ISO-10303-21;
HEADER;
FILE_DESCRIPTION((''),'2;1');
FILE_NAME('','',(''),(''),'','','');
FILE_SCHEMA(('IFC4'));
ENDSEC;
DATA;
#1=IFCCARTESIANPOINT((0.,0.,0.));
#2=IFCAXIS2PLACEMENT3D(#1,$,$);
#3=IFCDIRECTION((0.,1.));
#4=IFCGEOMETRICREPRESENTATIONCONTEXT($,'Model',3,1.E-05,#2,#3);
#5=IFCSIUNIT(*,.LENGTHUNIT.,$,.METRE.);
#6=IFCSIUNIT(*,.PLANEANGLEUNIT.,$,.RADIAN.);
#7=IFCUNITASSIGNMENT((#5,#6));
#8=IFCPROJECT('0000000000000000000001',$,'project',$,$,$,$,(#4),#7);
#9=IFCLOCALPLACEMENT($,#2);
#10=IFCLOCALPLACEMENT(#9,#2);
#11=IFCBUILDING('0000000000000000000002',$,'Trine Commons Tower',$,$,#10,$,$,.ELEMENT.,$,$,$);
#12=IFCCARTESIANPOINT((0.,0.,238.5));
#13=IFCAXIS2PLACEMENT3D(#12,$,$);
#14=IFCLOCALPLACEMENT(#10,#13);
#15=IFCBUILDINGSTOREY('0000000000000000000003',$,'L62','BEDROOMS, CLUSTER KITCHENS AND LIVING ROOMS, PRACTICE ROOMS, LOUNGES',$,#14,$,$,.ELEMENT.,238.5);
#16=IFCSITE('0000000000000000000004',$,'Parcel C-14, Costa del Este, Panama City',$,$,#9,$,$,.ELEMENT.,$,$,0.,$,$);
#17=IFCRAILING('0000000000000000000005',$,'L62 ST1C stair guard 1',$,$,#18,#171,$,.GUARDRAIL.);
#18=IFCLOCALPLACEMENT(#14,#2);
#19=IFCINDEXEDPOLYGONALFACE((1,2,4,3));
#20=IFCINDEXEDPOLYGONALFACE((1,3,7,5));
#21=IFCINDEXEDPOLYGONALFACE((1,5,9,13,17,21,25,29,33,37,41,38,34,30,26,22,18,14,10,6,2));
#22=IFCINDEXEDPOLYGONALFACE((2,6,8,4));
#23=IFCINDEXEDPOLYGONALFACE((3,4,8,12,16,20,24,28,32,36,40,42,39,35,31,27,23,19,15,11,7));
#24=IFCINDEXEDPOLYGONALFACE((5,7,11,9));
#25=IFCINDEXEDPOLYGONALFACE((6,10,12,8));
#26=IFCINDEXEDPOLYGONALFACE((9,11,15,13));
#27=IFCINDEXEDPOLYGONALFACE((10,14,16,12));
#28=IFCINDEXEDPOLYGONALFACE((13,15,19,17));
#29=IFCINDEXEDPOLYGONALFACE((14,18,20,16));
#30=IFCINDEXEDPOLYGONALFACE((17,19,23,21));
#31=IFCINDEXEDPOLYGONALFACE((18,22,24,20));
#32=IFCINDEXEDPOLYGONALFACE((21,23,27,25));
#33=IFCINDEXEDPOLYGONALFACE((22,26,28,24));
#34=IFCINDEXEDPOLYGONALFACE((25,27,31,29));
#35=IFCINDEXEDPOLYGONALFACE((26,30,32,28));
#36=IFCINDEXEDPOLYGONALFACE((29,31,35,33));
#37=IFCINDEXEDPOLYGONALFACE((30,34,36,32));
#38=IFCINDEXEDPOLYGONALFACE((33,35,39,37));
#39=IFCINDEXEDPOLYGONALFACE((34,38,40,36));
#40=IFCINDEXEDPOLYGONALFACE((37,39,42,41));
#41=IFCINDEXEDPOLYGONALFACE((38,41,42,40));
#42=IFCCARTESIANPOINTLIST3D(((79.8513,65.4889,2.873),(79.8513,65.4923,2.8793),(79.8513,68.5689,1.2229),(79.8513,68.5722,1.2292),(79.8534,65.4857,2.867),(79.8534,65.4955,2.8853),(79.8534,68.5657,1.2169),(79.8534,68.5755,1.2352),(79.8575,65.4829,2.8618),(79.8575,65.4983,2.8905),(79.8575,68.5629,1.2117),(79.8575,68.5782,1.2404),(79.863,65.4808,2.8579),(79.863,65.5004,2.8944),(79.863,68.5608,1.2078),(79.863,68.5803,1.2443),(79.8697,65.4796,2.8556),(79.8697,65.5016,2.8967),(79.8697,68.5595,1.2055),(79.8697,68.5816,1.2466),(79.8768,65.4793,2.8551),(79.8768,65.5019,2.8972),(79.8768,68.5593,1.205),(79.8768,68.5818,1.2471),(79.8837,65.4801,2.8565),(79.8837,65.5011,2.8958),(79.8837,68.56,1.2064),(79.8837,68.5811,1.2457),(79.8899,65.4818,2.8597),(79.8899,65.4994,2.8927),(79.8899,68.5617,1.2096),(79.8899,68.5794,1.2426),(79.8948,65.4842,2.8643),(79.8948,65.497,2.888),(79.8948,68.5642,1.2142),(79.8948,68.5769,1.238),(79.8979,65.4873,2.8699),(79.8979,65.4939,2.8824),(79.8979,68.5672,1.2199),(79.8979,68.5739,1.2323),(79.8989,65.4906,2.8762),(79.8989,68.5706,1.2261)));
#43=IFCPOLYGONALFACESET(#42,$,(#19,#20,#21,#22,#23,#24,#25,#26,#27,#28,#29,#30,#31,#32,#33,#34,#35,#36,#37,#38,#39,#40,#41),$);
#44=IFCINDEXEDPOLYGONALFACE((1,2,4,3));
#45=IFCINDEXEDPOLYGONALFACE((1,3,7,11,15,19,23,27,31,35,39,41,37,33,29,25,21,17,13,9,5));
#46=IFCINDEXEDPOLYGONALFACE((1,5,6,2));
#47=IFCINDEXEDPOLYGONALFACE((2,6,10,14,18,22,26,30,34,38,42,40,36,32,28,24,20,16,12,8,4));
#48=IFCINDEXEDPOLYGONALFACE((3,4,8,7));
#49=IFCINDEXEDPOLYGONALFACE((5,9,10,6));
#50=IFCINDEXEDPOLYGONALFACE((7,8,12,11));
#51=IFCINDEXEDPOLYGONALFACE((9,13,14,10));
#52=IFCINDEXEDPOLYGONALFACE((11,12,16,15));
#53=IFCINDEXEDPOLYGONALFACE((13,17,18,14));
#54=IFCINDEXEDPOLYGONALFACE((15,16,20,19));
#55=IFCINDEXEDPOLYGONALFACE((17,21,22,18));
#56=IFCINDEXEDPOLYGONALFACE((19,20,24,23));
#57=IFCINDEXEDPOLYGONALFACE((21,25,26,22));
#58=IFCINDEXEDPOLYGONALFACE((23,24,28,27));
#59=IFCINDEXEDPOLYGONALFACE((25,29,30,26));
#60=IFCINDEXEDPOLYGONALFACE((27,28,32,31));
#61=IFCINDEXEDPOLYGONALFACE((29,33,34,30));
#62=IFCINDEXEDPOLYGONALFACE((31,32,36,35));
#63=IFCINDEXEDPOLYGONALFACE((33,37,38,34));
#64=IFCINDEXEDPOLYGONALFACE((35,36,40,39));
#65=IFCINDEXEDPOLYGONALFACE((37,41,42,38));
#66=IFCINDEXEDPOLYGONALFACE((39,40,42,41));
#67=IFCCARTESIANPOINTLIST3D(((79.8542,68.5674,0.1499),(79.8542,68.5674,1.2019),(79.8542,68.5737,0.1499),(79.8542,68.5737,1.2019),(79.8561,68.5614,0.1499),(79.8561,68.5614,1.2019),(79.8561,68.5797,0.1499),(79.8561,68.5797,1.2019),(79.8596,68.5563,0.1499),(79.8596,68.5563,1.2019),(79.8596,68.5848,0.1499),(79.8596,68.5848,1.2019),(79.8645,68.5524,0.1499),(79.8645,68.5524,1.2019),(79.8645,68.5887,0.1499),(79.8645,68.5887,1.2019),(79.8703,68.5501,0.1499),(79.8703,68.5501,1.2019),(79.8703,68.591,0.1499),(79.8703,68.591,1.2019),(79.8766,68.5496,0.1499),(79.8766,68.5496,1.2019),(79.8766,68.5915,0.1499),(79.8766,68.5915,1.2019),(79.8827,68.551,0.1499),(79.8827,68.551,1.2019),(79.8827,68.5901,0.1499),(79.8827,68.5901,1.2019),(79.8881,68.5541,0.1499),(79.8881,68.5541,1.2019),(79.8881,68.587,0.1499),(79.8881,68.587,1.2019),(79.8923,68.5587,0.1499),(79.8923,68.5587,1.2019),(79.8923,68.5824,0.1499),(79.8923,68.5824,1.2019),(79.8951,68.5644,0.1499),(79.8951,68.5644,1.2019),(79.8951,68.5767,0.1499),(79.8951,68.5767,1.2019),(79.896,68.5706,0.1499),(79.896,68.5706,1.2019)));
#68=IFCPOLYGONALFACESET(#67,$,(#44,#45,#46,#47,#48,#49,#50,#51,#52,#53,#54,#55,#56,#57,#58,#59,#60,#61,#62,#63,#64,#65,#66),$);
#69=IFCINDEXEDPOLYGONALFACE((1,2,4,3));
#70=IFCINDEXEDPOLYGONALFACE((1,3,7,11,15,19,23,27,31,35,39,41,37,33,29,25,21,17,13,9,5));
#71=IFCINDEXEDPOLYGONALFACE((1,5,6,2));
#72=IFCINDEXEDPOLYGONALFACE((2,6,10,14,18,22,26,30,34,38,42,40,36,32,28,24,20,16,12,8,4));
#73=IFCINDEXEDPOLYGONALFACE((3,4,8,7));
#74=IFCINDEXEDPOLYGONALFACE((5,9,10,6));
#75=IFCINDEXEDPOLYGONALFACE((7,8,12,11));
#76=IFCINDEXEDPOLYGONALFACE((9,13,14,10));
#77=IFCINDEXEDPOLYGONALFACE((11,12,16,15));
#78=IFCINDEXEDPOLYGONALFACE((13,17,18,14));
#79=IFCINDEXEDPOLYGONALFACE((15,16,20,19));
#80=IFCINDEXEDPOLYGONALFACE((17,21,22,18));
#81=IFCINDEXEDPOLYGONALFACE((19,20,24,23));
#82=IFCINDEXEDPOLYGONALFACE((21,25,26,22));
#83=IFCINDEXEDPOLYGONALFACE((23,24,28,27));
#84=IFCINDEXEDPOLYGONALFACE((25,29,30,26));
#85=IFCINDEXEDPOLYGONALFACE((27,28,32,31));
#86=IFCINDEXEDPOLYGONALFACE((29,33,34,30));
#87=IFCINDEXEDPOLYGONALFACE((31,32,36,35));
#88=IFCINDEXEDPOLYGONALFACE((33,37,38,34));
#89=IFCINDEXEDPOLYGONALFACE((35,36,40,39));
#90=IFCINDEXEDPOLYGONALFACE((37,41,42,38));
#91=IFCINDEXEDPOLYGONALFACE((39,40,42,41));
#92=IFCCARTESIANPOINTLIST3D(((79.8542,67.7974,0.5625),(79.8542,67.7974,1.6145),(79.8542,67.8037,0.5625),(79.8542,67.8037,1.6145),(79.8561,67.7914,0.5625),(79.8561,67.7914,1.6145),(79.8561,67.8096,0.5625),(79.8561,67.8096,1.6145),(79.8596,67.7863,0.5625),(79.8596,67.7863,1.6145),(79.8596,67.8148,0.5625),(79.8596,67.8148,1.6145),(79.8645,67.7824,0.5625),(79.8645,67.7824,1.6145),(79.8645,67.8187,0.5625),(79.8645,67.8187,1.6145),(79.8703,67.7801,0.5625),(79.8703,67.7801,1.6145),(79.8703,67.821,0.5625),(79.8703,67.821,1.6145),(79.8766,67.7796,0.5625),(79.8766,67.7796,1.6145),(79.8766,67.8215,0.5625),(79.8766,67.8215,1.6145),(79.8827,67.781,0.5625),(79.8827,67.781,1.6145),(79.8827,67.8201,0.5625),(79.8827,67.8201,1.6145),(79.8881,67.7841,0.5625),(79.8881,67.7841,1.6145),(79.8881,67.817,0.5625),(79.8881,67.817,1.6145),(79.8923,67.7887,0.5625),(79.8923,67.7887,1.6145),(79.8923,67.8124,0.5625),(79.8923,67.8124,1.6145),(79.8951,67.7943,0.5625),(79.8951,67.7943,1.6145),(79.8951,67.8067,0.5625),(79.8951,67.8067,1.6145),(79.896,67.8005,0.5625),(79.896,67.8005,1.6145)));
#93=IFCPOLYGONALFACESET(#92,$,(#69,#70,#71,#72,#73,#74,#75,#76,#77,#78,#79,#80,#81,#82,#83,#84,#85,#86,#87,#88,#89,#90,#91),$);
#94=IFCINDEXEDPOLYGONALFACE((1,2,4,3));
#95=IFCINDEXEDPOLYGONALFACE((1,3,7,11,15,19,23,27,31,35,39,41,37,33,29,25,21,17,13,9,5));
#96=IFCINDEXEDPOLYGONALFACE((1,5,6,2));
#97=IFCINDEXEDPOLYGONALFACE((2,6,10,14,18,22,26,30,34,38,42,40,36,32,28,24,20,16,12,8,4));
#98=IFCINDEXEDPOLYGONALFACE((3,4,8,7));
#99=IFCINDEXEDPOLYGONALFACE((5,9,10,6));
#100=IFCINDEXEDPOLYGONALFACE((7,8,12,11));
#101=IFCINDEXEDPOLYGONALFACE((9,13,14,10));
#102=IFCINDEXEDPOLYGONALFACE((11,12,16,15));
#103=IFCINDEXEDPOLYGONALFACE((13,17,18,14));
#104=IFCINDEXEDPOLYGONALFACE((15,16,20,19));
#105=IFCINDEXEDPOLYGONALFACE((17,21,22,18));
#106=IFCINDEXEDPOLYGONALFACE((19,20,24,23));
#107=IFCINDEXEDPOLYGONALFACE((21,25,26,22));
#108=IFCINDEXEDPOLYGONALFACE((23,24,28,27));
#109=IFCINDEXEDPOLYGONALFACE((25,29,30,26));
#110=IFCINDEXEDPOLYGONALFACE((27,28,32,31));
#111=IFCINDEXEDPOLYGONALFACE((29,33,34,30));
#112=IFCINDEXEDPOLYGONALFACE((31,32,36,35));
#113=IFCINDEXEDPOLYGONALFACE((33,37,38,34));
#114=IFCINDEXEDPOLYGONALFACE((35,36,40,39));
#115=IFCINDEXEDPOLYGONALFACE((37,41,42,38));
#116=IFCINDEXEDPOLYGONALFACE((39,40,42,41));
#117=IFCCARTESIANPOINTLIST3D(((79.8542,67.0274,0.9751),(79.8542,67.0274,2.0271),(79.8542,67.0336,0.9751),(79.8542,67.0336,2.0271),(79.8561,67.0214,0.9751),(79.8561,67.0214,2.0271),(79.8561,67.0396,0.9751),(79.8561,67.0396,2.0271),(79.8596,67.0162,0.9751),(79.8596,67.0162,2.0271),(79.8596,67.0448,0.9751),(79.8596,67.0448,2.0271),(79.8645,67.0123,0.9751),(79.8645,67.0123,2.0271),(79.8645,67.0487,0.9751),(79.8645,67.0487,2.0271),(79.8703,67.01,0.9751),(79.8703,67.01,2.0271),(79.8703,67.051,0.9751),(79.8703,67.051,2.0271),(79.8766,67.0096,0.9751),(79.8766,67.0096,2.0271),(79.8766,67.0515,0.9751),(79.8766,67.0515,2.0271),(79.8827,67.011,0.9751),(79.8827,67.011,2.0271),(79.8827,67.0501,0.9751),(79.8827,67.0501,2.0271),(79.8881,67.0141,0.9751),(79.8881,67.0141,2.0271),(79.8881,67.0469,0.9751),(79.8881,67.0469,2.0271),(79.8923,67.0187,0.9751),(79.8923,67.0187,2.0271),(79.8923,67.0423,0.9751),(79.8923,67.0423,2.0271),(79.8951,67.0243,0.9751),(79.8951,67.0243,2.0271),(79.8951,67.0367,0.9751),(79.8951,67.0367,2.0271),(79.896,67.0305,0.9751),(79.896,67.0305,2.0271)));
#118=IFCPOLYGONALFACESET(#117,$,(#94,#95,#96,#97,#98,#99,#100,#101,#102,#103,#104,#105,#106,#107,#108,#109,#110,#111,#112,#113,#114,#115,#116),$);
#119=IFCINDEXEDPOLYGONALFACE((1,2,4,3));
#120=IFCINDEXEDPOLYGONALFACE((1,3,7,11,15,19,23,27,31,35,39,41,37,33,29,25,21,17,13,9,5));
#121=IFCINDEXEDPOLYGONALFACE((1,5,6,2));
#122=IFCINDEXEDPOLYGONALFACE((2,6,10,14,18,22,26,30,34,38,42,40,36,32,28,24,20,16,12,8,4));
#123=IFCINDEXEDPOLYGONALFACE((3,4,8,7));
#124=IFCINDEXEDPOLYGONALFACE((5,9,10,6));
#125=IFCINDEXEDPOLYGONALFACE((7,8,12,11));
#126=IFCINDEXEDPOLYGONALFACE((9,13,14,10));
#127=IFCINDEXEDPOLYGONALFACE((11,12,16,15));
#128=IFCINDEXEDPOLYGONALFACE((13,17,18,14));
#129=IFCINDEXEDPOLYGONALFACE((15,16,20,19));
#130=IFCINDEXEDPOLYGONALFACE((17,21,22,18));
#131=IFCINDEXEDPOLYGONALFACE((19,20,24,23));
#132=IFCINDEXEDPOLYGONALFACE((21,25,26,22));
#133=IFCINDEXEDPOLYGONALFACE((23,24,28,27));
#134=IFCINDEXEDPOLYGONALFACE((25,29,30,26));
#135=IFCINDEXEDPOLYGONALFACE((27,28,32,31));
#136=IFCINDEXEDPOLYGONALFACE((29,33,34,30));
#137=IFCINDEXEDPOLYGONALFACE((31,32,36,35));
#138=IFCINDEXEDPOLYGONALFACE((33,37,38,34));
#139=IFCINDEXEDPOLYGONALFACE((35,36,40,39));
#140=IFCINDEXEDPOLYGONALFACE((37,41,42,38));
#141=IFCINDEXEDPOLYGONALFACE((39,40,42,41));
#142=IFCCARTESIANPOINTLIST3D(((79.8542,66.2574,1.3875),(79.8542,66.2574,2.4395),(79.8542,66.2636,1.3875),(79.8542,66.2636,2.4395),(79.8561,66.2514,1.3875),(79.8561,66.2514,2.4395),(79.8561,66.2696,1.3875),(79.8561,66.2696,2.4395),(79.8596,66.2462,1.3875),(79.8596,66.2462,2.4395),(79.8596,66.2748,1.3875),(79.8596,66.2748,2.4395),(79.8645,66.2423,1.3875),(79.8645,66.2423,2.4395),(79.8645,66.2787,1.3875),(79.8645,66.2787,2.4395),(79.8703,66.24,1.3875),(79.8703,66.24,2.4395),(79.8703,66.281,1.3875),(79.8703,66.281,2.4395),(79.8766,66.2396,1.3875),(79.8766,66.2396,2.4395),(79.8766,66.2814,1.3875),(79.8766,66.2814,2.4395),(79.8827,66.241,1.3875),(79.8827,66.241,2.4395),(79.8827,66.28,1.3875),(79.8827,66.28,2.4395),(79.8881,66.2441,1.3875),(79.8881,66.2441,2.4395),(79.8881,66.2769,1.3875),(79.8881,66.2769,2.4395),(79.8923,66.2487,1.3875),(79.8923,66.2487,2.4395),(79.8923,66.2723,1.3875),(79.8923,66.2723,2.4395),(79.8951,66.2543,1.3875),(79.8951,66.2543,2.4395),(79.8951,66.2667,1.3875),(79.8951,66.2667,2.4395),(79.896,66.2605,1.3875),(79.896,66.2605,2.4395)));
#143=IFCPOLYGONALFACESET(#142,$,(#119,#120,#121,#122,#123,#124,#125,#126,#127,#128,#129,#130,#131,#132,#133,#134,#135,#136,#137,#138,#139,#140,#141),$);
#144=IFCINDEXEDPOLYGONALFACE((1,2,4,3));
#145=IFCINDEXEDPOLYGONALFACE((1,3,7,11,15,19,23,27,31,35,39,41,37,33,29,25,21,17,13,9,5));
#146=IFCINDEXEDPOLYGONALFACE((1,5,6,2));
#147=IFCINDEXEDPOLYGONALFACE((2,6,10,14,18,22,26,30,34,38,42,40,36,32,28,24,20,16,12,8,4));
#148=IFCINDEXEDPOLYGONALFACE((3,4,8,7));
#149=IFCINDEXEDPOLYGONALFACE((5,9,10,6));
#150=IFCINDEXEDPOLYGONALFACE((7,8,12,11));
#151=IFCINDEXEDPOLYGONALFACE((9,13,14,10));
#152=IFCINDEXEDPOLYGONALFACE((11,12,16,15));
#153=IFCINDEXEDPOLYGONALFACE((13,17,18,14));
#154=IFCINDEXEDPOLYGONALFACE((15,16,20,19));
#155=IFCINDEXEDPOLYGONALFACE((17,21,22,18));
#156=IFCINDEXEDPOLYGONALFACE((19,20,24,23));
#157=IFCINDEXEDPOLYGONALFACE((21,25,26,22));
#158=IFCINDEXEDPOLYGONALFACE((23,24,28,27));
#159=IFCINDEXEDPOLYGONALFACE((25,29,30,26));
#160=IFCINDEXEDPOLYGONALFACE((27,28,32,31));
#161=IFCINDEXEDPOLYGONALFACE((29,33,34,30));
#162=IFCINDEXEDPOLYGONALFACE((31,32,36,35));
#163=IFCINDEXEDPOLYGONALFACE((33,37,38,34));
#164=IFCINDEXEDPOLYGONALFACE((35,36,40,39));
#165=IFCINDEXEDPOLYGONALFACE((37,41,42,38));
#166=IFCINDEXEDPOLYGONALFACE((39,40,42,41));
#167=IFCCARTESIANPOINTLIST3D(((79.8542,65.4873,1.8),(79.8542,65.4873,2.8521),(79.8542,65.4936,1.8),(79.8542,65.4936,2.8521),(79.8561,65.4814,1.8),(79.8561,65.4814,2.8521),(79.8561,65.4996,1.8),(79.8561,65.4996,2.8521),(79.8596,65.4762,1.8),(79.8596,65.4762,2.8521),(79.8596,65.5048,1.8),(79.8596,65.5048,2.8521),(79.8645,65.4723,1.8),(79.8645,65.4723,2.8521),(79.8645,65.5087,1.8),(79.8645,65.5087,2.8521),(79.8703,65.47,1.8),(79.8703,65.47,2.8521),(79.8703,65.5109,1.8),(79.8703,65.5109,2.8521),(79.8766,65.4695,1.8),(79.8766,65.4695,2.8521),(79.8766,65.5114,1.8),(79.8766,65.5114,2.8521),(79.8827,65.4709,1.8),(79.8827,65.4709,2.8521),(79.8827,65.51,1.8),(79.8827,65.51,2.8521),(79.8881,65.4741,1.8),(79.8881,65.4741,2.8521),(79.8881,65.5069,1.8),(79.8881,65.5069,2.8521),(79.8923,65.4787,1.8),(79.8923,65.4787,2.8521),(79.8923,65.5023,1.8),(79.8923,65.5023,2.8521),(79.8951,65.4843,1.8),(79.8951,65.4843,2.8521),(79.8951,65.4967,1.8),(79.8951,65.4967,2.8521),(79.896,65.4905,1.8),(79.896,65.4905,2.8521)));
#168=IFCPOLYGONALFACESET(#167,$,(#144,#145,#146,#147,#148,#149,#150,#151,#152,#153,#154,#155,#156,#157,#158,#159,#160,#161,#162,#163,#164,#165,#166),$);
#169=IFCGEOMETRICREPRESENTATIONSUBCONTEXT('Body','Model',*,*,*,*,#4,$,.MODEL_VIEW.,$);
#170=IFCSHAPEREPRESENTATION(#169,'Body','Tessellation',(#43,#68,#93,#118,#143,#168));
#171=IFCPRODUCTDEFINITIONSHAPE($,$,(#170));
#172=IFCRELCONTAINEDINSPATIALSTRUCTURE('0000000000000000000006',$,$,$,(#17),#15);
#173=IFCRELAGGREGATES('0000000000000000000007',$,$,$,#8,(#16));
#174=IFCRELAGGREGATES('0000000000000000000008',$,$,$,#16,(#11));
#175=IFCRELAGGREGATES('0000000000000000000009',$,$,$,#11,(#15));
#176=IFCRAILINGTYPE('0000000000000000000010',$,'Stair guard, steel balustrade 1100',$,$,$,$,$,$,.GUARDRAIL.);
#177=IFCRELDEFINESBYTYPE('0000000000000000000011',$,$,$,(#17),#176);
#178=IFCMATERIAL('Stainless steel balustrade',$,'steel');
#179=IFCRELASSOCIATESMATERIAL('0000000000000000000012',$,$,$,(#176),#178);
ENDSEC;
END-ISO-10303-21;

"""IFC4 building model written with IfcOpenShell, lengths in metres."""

from ifc_helpers import new_model, si_unit, direction, frame, origin, origin_2d, place, context, subcontext, project, spatial, circle, extrude, material, type_object, element, save


model = new_model("IFC4")

# Units and contexts
model_context = context("Model", 3, precision=1e-05, world=origin(), true_north=direction((0.0, 1.0)))
body_context = subcontext(model_context, "Body", "Model", "MODEL_VIEW")
ifc_project = project(units=[si_unit("LENGTHUNIT", "METRE"), si_unit("PLANEANGLEUNIT", "RADIAN")], contexts=[model_context])

# Site, building, storey
site_placement = place(None, origin())
site = spatial("IfcSite", under=ifc_project, at=site_placement, Name="Parcel C-14, Costa del Este, Panama City", CompositionType="ELEMENT", RefElevation=0.0)
building_placement = place(site_placement, origin())
building = spatial("IfcBuilding", under=site, at=building_placement, Name="Trine Commons Tower", CompositionType="ELEMENT")
storey_placement = place(building_placement, frame((0.0, 0.0, 238.5)))
storey = spatial("IfcBuildingStorey", under=building, at=storey_placement, Name="L62", Description="BEDROOMS, CLUSTER KITCHENS AND LIVING ROOMS, PRACTICE ROOMS, LOUNGES", CompositionType="ELEMENT", Elevation=238.5)

# Railing
ifc_material_1 = material(Name="Stainless steel balustrade", Category="steel")
railing_type_1 = type_object("IfcRailingType", Name="Stair guard, steel balustrade 1100", PredefinedType="GUARDRAIL", material=ifc_material_1)
railing_1_placement = place(storey_placement, frame((79.875, 68.5706, 0.1499)))
element("IfcRailing", 1, at=railing_1_placement, inside=storey, type_object=railing_type_1, Name="L62 ST1C stair guard 1", PredefinedType="GUARDRAIL", context=body_context, shape_type="SweptSolid", body=[
    extrude(circle(Radius=0.0239, at=origin_2d()), frame((0.0, 0.0, 1.0762), z_axis=(0.0, -0.881468, 0.472245), x_axis=(1.0, 0.0, 0.0)), (0.0, 0.0, 1.0), 3.4941),
    extrude(circle(Radius=0.021, at=origin_2d()), origin(), (0.0, 0.0, 1.0), 1.052),
    extrude(circle(Radius=0.021, at=origin_2d()), frame((0.0, -0.77, 0.4126)), (0.0, 0.0, 1.0), 1.052),
    extrude(circle(Radius=0.021, at=origin_2d()), frame((0.0, -1.54, 0.8252)), (0.0, 0.0, 1.0), 1.052),
    extrude(circle(Radius=0.021, at=origin_2d()), frame((0.0, -2.3101, 1.2375)), (0.0, 0.0, 1.0), 1.052),
    extrude(circle(Radius=0.021, at=origin_2d()), frame((0.0, -3.0801, 1.6501)), (0.0, 0.0, 1.0), 1.052),
])

save(model, "model.ifc")
